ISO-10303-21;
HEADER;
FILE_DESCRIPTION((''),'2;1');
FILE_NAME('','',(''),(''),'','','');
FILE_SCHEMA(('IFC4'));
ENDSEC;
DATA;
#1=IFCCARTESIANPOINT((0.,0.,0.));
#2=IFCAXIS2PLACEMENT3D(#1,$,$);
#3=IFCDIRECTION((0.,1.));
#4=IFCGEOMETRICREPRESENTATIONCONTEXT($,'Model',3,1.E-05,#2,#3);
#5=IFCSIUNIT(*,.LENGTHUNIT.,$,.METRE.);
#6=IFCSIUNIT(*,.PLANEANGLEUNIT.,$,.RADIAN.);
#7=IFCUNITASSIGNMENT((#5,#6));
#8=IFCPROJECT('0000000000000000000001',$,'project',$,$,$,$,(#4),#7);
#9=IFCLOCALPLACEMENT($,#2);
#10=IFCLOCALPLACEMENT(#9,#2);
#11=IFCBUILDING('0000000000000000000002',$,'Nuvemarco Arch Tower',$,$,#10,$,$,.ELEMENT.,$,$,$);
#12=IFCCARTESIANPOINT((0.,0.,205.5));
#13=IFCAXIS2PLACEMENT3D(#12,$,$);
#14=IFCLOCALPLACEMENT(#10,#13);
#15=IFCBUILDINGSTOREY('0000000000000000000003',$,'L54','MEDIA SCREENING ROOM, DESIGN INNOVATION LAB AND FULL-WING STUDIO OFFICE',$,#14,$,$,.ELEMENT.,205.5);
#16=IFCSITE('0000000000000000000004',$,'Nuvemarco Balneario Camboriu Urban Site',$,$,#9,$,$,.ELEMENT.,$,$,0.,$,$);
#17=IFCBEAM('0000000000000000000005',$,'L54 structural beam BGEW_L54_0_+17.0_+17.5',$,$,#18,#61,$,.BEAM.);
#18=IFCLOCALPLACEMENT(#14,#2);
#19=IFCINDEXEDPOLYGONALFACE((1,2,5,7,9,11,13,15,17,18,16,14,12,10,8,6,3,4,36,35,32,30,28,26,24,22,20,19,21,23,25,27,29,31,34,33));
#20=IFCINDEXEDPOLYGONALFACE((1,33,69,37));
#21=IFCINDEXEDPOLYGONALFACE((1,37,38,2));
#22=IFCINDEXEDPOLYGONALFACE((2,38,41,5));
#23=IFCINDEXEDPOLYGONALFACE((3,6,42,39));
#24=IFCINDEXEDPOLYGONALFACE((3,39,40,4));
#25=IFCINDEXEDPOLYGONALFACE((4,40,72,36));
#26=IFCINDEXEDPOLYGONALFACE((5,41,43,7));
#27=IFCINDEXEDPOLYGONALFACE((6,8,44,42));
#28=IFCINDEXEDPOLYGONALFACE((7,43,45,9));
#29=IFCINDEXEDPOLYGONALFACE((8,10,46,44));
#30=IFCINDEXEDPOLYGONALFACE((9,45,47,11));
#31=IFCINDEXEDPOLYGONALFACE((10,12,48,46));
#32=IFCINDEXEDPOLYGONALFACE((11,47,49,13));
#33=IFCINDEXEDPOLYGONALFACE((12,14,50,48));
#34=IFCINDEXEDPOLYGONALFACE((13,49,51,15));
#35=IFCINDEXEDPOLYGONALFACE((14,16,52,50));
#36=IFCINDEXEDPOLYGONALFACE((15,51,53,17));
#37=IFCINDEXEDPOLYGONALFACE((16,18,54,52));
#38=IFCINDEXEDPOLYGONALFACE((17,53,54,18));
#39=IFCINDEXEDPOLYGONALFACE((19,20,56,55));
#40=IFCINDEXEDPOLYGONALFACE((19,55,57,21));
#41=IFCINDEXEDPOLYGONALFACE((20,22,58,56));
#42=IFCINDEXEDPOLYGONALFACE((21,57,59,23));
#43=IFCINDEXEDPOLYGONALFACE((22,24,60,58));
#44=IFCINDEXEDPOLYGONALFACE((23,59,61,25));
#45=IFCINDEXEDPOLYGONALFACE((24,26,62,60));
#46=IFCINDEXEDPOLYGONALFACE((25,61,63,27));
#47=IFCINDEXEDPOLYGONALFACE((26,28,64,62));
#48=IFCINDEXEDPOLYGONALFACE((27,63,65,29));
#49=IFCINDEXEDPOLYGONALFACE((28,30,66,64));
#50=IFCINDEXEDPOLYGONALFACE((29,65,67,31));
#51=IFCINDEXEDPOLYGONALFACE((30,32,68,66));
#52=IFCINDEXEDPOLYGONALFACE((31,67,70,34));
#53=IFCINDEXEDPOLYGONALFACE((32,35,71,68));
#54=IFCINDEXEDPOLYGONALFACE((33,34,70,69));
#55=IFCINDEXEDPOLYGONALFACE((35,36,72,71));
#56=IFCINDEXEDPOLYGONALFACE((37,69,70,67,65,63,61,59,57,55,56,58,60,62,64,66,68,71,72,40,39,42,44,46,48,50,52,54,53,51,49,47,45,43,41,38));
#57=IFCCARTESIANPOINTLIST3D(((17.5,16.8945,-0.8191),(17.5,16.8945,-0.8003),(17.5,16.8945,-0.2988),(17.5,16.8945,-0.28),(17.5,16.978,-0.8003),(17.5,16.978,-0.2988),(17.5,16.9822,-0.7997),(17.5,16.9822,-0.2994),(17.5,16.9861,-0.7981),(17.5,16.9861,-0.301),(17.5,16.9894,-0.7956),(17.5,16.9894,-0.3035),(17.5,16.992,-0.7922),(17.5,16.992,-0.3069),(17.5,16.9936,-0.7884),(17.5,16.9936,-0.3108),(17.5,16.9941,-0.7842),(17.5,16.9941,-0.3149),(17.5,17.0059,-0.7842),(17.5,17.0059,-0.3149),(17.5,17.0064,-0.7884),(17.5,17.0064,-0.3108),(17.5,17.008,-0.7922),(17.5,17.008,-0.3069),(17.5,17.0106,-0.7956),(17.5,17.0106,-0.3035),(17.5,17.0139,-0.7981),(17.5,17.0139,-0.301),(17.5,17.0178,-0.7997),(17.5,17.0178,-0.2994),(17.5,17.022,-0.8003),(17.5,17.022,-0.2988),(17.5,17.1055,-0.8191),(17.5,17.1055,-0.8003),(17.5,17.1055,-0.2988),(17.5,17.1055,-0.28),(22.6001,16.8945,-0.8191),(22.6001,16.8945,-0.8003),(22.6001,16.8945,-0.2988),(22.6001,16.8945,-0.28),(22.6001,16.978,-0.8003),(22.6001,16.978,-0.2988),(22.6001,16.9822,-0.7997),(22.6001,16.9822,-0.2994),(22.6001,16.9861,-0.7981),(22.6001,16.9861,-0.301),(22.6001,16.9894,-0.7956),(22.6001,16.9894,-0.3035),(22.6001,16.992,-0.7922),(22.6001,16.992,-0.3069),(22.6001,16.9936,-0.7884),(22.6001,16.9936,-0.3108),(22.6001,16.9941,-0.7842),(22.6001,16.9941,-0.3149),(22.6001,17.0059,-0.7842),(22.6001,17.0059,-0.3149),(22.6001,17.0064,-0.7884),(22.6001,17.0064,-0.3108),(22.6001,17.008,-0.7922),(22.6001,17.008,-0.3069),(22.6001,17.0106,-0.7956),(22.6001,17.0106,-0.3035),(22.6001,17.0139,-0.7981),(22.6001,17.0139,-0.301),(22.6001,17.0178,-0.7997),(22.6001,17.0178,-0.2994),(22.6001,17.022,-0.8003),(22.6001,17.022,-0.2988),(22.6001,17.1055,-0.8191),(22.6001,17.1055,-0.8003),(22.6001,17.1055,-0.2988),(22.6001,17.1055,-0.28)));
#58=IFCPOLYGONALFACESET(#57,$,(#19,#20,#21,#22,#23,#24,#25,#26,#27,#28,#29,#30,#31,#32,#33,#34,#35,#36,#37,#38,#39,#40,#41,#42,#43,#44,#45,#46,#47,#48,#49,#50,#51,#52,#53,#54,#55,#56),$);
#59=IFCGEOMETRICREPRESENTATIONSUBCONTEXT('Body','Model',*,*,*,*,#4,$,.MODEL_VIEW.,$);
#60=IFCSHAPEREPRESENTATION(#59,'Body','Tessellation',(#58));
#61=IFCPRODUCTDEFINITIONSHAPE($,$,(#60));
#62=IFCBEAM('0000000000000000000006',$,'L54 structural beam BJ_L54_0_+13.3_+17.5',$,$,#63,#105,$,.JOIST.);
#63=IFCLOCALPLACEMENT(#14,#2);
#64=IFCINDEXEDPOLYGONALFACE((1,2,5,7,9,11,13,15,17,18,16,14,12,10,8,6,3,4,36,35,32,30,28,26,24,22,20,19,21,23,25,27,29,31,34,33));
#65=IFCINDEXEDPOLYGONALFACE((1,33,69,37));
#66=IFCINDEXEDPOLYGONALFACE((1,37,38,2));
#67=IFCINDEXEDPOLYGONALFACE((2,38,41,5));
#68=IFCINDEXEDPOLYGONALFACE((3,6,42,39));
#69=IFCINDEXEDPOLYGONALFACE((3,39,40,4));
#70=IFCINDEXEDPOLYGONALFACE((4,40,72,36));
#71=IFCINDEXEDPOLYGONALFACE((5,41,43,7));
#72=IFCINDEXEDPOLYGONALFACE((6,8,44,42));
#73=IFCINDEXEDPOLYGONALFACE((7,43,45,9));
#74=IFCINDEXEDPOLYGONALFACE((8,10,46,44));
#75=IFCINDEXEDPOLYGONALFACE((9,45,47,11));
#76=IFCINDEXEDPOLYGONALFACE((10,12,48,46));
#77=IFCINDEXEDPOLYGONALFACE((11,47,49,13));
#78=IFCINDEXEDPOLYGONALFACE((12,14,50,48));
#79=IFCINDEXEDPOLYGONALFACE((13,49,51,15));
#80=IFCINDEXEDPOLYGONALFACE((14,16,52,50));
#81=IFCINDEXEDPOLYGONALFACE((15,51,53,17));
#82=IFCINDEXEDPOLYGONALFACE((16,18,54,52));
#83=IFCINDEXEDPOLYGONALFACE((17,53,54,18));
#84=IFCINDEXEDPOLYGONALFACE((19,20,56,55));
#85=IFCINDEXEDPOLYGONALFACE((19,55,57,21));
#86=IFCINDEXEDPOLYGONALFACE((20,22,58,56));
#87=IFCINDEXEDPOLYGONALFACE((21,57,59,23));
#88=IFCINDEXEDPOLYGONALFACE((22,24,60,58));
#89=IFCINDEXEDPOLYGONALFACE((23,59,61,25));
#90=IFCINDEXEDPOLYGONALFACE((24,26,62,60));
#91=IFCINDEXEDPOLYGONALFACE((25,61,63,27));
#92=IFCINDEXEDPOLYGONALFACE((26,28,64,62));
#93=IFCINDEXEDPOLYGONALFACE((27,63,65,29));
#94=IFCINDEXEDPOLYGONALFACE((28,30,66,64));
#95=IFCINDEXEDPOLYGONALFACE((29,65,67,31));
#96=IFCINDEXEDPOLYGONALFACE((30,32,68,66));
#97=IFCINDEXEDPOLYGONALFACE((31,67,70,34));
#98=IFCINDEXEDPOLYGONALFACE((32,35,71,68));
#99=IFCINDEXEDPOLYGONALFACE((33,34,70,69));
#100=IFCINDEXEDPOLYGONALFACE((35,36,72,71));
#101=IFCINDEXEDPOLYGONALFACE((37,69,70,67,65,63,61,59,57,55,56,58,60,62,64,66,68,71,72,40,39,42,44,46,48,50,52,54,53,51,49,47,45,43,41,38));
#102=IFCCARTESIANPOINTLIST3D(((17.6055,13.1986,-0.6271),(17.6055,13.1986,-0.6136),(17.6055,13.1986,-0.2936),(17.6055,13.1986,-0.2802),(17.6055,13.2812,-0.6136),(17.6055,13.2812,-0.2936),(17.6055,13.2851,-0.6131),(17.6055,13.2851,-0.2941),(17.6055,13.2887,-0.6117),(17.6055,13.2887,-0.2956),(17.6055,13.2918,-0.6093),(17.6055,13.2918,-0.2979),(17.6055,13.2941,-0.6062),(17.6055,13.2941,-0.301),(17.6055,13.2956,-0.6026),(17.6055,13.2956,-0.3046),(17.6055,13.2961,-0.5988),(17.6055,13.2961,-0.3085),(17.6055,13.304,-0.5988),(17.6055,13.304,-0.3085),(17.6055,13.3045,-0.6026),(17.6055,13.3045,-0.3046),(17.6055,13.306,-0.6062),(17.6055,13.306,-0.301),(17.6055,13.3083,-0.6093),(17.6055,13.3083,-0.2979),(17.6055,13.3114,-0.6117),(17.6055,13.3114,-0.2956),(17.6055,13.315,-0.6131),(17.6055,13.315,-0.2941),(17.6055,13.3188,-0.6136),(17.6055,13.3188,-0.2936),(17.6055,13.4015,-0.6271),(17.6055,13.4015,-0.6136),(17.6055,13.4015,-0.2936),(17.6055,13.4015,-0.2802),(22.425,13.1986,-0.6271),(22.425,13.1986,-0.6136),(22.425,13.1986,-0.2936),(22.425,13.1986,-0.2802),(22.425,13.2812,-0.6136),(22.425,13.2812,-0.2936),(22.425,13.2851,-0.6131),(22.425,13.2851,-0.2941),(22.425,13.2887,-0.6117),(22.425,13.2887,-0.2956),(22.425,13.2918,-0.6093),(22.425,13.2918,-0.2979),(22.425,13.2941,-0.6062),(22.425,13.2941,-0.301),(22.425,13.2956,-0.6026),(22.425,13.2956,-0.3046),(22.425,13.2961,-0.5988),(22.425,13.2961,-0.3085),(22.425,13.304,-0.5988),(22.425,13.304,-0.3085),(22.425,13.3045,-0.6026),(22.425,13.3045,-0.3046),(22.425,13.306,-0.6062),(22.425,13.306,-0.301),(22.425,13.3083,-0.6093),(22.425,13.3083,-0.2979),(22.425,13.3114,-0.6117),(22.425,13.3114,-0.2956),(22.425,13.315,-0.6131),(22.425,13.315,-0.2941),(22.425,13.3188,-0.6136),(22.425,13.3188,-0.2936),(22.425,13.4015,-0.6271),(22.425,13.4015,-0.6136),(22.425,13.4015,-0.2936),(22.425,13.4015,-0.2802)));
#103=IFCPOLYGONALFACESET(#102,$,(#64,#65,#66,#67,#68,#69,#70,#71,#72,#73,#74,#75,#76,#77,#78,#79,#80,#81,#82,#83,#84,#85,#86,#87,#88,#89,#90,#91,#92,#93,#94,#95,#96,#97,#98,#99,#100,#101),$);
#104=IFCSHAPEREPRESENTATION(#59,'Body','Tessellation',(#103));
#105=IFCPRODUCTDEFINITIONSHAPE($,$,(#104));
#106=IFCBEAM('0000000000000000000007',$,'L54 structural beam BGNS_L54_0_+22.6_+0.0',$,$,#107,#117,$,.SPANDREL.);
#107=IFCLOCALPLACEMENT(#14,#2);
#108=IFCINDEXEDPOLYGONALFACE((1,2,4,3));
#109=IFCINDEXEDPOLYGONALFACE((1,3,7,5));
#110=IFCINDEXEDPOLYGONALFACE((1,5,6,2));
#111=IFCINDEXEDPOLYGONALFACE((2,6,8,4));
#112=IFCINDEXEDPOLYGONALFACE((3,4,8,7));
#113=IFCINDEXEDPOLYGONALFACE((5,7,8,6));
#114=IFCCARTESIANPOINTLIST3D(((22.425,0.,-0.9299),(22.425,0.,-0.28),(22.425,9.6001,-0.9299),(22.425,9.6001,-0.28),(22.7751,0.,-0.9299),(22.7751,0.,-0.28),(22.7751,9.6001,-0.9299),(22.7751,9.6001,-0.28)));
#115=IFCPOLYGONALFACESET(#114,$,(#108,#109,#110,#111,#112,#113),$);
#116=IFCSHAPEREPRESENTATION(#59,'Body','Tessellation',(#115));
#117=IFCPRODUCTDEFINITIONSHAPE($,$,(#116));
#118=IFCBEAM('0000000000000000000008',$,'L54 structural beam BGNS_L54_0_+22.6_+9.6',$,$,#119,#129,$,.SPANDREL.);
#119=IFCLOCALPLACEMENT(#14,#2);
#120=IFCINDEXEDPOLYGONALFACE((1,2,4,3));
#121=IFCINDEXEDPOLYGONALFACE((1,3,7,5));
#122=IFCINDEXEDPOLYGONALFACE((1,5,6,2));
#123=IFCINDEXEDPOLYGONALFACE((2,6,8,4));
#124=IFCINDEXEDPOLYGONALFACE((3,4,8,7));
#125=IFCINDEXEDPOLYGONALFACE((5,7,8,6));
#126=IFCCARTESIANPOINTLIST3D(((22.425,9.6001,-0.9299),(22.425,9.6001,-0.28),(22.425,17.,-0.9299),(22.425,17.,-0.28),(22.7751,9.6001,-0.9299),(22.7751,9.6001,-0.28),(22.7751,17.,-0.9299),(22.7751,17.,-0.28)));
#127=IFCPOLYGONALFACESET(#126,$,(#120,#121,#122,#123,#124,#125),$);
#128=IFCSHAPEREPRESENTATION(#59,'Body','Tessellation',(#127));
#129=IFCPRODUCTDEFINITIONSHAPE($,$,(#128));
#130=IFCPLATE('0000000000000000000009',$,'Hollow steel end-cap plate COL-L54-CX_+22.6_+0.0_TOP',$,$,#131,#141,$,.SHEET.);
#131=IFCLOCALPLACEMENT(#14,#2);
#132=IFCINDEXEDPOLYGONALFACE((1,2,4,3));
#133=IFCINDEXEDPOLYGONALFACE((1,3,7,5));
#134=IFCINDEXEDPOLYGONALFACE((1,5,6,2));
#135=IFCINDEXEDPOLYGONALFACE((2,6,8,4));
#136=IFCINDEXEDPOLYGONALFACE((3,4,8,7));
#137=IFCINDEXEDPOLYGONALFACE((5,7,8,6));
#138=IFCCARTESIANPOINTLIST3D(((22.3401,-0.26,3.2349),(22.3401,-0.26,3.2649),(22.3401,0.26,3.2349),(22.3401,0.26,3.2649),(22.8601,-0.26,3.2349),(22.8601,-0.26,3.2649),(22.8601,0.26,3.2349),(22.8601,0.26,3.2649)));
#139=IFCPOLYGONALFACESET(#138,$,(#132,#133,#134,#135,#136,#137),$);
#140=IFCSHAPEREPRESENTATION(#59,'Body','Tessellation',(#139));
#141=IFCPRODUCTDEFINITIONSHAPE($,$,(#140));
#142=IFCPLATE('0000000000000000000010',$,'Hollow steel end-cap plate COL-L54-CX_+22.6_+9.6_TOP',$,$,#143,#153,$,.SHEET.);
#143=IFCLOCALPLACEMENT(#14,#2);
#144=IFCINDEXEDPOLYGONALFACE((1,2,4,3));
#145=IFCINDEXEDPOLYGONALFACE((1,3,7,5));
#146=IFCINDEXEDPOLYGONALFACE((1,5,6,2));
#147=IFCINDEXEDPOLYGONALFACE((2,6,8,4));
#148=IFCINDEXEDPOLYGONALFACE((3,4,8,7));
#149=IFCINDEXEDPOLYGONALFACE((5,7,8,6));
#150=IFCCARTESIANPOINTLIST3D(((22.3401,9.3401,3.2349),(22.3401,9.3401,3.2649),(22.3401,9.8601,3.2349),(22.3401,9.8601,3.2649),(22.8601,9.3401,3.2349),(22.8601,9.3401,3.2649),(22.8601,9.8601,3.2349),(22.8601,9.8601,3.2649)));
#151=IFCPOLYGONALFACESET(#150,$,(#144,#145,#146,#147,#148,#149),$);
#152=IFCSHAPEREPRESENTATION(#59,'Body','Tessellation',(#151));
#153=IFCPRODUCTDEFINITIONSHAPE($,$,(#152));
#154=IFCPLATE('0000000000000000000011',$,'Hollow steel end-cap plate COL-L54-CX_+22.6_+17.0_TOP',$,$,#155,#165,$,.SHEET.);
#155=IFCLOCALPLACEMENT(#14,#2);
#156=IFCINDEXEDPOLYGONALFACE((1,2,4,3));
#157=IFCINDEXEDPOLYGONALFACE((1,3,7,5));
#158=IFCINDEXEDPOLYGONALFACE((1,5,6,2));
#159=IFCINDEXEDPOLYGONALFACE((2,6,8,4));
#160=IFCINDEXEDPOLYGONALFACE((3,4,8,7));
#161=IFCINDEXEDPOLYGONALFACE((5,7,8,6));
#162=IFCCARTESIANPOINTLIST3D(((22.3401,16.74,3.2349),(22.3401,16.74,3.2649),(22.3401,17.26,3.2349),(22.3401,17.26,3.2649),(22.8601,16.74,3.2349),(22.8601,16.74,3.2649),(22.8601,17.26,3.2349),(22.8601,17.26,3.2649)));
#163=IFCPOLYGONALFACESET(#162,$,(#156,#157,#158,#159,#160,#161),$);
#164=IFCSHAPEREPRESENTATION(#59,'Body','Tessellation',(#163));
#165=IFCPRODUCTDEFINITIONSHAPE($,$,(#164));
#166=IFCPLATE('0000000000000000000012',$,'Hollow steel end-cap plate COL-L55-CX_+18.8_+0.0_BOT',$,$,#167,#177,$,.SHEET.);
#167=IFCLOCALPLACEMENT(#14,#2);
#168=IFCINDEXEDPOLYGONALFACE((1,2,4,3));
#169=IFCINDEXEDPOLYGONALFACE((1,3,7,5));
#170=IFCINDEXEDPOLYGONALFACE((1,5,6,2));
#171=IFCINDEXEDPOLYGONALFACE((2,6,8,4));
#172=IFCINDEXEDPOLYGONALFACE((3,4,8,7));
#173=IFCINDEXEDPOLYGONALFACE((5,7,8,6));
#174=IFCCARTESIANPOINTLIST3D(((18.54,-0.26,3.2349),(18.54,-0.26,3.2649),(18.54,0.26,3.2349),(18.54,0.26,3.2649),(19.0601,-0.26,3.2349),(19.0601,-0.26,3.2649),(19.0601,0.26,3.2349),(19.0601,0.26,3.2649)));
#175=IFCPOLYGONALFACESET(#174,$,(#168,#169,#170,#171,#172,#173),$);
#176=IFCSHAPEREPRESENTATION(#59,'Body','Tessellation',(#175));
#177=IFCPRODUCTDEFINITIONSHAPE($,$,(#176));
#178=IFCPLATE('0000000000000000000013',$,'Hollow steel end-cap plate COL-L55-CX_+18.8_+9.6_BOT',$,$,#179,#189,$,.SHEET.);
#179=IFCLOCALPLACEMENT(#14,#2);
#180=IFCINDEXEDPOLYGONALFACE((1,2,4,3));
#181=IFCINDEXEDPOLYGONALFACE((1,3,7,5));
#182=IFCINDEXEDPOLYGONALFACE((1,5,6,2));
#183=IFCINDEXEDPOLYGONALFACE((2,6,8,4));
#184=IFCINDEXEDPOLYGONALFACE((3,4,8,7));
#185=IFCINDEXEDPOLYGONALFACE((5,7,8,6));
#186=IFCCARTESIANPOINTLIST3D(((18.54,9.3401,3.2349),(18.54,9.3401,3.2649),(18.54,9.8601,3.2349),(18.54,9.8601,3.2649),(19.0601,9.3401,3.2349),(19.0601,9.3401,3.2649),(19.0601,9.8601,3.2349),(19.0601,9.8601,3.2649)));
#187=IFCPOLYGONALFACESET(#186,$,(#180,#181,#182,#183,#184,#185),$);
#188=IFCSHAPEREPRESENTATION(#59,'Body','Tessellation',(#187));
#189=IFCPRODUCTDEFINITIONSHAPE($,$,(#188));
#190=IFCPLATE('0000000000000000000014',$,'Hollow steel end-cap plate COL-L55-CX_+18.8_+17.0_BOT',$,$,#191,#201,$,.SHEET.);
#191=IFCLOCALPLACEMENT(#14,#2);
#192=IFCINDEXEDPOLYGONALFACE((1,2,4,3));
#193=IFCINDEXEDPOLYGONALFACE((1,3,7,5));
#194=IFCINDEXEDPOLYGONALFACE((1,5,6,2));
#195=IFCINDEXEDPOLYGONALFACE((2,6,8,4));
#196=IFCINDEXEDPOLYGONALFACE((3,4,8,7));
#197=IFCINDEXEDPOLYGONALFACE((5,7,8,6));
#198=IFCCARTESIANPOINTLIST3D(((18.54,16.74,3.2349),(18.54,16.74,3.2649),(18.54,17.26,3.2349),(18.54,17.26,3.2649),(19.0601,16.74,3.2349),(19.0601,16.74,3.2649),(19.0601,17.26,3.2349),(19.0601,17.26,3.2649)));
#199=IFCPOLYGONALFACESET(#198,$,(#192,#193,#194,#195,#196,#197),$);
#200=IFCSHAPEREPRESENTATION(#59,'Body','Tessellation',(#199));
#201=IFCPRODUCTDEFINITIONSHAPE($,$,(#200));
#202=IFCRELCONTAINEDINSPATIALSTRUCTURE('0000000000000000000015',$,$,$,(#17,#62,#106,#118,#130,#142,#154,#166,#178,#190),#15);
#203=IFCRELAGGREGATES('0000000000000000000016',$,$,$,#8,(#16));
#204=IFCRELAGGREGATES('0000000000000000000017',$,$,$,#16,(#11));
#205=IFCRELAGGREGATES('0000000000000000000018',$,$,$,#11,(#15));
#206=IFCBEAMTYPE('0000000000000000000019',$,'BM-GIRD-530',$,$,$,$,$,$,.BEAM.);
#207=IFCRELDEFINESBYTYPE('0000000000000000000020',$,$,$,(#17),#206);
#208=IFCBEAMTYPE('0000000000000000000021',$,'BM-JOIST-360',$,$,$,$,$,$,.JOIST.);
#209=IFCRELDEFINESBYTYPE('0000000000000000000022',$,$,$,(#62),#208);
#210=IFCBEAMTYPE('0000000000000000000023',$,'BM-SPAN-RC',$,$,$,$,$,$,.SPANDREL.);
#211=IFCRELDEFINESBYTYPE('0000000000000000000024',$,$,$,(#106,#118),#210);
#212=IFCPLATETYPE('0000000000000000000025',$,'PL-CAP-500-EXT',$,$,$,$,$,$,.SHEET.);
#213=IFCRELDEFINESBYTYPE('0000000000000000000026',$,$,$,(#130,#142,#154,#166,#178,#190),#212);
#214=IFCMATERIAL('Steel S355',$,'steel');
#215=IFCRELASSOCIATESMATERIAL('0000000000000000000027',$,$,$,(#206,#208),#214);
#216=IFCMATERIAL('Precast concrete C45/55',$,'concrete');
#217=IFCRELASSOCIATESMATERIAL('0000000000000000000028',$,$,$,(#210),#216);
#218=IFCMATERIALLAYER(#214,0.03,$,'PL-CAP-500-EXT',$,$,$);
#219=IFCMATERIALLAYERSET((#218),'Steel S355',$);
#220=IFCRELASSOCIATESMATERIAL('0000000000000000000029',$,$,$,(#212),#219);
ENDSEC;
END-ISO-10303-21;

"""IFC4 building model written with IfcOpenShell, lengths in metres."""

from ifc_helpers import new_model, si_unit, direction, frame, origin, origin_2d, place, context, subcontext, project, spatial, rectangle, i_section, extrude, source, transform, mapped, material, layer, layer_set, material_profile, profile_set, type_object, type_shapes, element, save


model = new_model("IFC4")

# Units and contexts
model_context = context("Model", 3, precision=1e-05, world=origin(), true_north=direction((0.0, 1.0)))
body_context = subcontext(model_context, "Body", "Model", "MODEL_VIEW")
ifc_project = project(units=[si_unit("LENGTHUNIT", "METRE"), si_unit("PLANEANGLEUNIT", "RADIAN")], contexts=[model_context])

# Site, building, storey
site_placement = place(None, origin())
site = spatial("IfcSite", under=ifc_project, at=site_placement, Name="Nuvemarco Balneario Camboriu Urban Site", CompositionType="ELEMENT", RefElevation=0.0)
building_placement = place(site_placement, origin())
building = spatial("IfcBuilding", under=site, at=building_placement, Name="Nuvemarco Arch Tower", CompositionType="ELEMENT")
storey_placement = place(building_placement, frame((0.0, 0.0, 205.5)))
storey = spatial("IfcBuildingStorey", under=building, at=storey_placement, Name="L54", Description="MEDIA SCREENING ROOM, DESIGN INNOVATION LAB AND FULL-WING STUDIO OFFICE", CompositionType="ELEMENT", Elevation=205.5)

# Shared definitions
ifc_material_1 = material(Name="Steel S355", Category="steel")

# Beams
ifc_material_profile_1 = material_profile(ifc_material_1, i_section(OverallWidth=0.2109, OverallDepth=0.5391, WebThickness=0.0117, FlangeThickness=0.0188, FilletRadius=0.0161, at=origin_2d()), Name="W530x109")
ifc_profile_set_1 = profile_set([ifc_material_profile_1], Name="Steel S355")
beam_type_1 = type_object("IfcBeamType", Name="BM-GIRD-530", PredefinedType="BEAM", material=ifc_profile_set_1)
for number, where, z_axis, x_axis, name in (
    (1, (17.5, 17.0, -0.5496), (1.0, 0.0, 0.0), (0.0, 1.0, 0.0), "L54 structural beam BGEW_L54_0_+17.0_+17.5"),
):
    element("IfcBeam", number, at=place(storey_placement, frame(where, z_axis=z_axis, x_axis=x_axis)), inside=storey, type_object=beam_type_1, Name=name, PredefinedType="BEAM", context=body_context, shape_type="SweptSolid", body=[
        extrude(i_section(OverallWidth=0.2109, OverallDepth=0.5391, WebThickness=0.0117, FlangeThickness=0.0188, FilletRadius=0.0161, at=origin_2d()), origin(), (0.0, 0.0, 1.0), 5.1001),
    ])
ifc_material_profile_2 = material_profile(ifc_material_1, i_section(OverallWidth=0.2029, OverallDepth=0.3469, WebThickness=0.0078, FlangeThickness=0.0134, FilletRadius=0.0149, at=origin_2d()), Name="W360x64")
ifc_profile_set_2 = profile_set([ifc_material_profile_2], Name="Steel S355")
beam_type_2 = type_object("IfcBeamType", Name="BM-JOIST-360", PredefinedType="JOIST", material=ifc_profile_set_2)
beam_1_placement = place(storey_placement, frame((17.6055, 13.3, -0.4536), z_axis=(1.0, 0.0, 0.0), x_axis=(0.0, 1.0, 0.0)))
element("IfcBeam", 2, at=beam_1_placement, inside=storey, type_object=beam_type_2, Name="L54 structural beam BJ_L54_0_+13.3_+17.5", PredefinedType="JOIST", context=body_context, shape_type="SweptSolid", body=[
    extrude(i_section(OverallWidth=0.2029, OverallDepth=0.3469, WebThickness=0.0078, FlangeThickness=0.0134, FilletRadius=0.0149, at=origin_2d()), origin(), (0.0, 0.0, 1.0), 4.8196),
])
ifc_material_2 = material(Name="Precast concrete C45/55", Category="concrete")
ifc_material_profile_3 = material_profile(ifc_material_2, rectangle(XDim=0.3501, YDim=0.6499, at=origin_2d()), Name="PC-SP-350x650")
ifc_profile_set_3 = profile_set([ifc_material_profile_3], Name="Precast concrete C45/55")
beam_type_3 = type_object("IfcBeamType", Name="BM-SPAN-RC", PredefinedType="SPANDREL", material=ifc_profile_set_3)
beam_2_placement = place(storey_placement, frame((22.6001, 0.0, -0.605), z_axis=(0.0, 1.0, 0.0), x_axis=(-1.0, 0.0, 0.0)))
element("IfcBeam", 3, at=beam_2_placement, inside=storey, type_object=beam_type_3, Name="L54 structural beam BGNS_L54_0_+22.6_+0.0", PredefinedType="SPANDREL", context=body_context, shape_type="SweptSolid", body=[
    extrude(rectangle(XDim=0.3501, YDim=0.6499, at=origin_2d()), origin(), (0.0, 0.0, 1.0), 9.6001),
])
beam_3_placement = place(storey_placement, frame((22.6001, 9.6001, -0.605), z_axis=(0.0, 1.0, 0.0), x_axis=(-1.0, 0.0, 0.0)))
element("IfcBeam", 4, at=beam_3_placement, inside=storey, type_object=beam_type_3, Name="L54 structural beam BGNS_L54_0_+22.6_+9.6", PredefinedType="SPANDREL", context=body_context, shape_type="SweptSolid", body=[
    extrude(rectangle(XDim=0.3501, YDim=0.6499, at=origin_2d()), origin(), (0.0, 0.0, 1.0), 7.3999),
])

# Plates
ifc_layer_1 = layer(ifc_material_1, 0.03, Name="PL-CAP-500-EXT")
ifc_layer_set_1 = layer_set([ifc_layer_1], Name="Steel S355")
plate_type = type_object("IfcPlateType", Name="PL-CAP-500-EXT", PredefinedType="SHEET", material=ifc_layer_set_1)
shared_shape_1 = source(origin(), body_context, "Body", "SweptSolid", [
    extrude(rectangle(XDim=0.52, YDim=0.52, at=origin_2d()), origin(), (0.0, 0.0, 1.0), 0.03),
])
type_shapes(plate_type, [shared_shape_1])
for number, where, z_axis, x_axis, name in (
    (5, (22.6001, 0.0, 3.2349), (0.0, 0.0, 1.0), (1.0, 0.0, 0.0), "Hollow steel end-cap plate COL-L54-CX_+22.6_+0.0_TOP"),
    (6, (22.6001, 9.6001, 3.2349), (0.0, 0.0, 1.0), (1.0, 0.0, 0.0), "Hollow steel end-cap plate COL-L54-CX_+22.6_+9.6_TOP"),
    (7, (22.6001, 17.0, 3.2349), (0.0, 0.0, 1.0), (1.0, 0.0, 0.0), "Hollow steel end-cap plate COL-L54-CX_+22.6_+17.0_TOP"),
    (8, (18.8, 0.0, 3.2349), (0.0, 0.0, 1.0), (1.0, 0.0, 0.0), "Hollow steel end-cap plate COL-L55-CX_+18.8_+0.0_BOT"),
    (9, (18.8, 9.6001, 3.2349), (0.0, 0.0, 1.0), (1.0, 0.0, 0.0), "Hollow steel end-cap plate COL-L55-CX_+18.8_+9.6_BOT"),
    (10, (18.8, 17.0, 3.2349), (0.0, 0.0, 1.0), (1.0, 0.0, 0.0), "Hollow steel end-cap plate COL-L55-CX_+18.8_+17.0_BOT"),
):
    element("IfcPlate", number, at=place(storey_placement, frame(where, z_axis=z_axis, x_axis=x_axis)), inside=storey, type_object=plate_type, Name=name, PredefinedType="SHEET", context=body_context, shape_type="MappedRepresentation", body=[
        mapped(shared_shape_1, transform((0.0, 0.0, 0.0), scale=1.0)),
    ])

save(model, "model.ifc")
